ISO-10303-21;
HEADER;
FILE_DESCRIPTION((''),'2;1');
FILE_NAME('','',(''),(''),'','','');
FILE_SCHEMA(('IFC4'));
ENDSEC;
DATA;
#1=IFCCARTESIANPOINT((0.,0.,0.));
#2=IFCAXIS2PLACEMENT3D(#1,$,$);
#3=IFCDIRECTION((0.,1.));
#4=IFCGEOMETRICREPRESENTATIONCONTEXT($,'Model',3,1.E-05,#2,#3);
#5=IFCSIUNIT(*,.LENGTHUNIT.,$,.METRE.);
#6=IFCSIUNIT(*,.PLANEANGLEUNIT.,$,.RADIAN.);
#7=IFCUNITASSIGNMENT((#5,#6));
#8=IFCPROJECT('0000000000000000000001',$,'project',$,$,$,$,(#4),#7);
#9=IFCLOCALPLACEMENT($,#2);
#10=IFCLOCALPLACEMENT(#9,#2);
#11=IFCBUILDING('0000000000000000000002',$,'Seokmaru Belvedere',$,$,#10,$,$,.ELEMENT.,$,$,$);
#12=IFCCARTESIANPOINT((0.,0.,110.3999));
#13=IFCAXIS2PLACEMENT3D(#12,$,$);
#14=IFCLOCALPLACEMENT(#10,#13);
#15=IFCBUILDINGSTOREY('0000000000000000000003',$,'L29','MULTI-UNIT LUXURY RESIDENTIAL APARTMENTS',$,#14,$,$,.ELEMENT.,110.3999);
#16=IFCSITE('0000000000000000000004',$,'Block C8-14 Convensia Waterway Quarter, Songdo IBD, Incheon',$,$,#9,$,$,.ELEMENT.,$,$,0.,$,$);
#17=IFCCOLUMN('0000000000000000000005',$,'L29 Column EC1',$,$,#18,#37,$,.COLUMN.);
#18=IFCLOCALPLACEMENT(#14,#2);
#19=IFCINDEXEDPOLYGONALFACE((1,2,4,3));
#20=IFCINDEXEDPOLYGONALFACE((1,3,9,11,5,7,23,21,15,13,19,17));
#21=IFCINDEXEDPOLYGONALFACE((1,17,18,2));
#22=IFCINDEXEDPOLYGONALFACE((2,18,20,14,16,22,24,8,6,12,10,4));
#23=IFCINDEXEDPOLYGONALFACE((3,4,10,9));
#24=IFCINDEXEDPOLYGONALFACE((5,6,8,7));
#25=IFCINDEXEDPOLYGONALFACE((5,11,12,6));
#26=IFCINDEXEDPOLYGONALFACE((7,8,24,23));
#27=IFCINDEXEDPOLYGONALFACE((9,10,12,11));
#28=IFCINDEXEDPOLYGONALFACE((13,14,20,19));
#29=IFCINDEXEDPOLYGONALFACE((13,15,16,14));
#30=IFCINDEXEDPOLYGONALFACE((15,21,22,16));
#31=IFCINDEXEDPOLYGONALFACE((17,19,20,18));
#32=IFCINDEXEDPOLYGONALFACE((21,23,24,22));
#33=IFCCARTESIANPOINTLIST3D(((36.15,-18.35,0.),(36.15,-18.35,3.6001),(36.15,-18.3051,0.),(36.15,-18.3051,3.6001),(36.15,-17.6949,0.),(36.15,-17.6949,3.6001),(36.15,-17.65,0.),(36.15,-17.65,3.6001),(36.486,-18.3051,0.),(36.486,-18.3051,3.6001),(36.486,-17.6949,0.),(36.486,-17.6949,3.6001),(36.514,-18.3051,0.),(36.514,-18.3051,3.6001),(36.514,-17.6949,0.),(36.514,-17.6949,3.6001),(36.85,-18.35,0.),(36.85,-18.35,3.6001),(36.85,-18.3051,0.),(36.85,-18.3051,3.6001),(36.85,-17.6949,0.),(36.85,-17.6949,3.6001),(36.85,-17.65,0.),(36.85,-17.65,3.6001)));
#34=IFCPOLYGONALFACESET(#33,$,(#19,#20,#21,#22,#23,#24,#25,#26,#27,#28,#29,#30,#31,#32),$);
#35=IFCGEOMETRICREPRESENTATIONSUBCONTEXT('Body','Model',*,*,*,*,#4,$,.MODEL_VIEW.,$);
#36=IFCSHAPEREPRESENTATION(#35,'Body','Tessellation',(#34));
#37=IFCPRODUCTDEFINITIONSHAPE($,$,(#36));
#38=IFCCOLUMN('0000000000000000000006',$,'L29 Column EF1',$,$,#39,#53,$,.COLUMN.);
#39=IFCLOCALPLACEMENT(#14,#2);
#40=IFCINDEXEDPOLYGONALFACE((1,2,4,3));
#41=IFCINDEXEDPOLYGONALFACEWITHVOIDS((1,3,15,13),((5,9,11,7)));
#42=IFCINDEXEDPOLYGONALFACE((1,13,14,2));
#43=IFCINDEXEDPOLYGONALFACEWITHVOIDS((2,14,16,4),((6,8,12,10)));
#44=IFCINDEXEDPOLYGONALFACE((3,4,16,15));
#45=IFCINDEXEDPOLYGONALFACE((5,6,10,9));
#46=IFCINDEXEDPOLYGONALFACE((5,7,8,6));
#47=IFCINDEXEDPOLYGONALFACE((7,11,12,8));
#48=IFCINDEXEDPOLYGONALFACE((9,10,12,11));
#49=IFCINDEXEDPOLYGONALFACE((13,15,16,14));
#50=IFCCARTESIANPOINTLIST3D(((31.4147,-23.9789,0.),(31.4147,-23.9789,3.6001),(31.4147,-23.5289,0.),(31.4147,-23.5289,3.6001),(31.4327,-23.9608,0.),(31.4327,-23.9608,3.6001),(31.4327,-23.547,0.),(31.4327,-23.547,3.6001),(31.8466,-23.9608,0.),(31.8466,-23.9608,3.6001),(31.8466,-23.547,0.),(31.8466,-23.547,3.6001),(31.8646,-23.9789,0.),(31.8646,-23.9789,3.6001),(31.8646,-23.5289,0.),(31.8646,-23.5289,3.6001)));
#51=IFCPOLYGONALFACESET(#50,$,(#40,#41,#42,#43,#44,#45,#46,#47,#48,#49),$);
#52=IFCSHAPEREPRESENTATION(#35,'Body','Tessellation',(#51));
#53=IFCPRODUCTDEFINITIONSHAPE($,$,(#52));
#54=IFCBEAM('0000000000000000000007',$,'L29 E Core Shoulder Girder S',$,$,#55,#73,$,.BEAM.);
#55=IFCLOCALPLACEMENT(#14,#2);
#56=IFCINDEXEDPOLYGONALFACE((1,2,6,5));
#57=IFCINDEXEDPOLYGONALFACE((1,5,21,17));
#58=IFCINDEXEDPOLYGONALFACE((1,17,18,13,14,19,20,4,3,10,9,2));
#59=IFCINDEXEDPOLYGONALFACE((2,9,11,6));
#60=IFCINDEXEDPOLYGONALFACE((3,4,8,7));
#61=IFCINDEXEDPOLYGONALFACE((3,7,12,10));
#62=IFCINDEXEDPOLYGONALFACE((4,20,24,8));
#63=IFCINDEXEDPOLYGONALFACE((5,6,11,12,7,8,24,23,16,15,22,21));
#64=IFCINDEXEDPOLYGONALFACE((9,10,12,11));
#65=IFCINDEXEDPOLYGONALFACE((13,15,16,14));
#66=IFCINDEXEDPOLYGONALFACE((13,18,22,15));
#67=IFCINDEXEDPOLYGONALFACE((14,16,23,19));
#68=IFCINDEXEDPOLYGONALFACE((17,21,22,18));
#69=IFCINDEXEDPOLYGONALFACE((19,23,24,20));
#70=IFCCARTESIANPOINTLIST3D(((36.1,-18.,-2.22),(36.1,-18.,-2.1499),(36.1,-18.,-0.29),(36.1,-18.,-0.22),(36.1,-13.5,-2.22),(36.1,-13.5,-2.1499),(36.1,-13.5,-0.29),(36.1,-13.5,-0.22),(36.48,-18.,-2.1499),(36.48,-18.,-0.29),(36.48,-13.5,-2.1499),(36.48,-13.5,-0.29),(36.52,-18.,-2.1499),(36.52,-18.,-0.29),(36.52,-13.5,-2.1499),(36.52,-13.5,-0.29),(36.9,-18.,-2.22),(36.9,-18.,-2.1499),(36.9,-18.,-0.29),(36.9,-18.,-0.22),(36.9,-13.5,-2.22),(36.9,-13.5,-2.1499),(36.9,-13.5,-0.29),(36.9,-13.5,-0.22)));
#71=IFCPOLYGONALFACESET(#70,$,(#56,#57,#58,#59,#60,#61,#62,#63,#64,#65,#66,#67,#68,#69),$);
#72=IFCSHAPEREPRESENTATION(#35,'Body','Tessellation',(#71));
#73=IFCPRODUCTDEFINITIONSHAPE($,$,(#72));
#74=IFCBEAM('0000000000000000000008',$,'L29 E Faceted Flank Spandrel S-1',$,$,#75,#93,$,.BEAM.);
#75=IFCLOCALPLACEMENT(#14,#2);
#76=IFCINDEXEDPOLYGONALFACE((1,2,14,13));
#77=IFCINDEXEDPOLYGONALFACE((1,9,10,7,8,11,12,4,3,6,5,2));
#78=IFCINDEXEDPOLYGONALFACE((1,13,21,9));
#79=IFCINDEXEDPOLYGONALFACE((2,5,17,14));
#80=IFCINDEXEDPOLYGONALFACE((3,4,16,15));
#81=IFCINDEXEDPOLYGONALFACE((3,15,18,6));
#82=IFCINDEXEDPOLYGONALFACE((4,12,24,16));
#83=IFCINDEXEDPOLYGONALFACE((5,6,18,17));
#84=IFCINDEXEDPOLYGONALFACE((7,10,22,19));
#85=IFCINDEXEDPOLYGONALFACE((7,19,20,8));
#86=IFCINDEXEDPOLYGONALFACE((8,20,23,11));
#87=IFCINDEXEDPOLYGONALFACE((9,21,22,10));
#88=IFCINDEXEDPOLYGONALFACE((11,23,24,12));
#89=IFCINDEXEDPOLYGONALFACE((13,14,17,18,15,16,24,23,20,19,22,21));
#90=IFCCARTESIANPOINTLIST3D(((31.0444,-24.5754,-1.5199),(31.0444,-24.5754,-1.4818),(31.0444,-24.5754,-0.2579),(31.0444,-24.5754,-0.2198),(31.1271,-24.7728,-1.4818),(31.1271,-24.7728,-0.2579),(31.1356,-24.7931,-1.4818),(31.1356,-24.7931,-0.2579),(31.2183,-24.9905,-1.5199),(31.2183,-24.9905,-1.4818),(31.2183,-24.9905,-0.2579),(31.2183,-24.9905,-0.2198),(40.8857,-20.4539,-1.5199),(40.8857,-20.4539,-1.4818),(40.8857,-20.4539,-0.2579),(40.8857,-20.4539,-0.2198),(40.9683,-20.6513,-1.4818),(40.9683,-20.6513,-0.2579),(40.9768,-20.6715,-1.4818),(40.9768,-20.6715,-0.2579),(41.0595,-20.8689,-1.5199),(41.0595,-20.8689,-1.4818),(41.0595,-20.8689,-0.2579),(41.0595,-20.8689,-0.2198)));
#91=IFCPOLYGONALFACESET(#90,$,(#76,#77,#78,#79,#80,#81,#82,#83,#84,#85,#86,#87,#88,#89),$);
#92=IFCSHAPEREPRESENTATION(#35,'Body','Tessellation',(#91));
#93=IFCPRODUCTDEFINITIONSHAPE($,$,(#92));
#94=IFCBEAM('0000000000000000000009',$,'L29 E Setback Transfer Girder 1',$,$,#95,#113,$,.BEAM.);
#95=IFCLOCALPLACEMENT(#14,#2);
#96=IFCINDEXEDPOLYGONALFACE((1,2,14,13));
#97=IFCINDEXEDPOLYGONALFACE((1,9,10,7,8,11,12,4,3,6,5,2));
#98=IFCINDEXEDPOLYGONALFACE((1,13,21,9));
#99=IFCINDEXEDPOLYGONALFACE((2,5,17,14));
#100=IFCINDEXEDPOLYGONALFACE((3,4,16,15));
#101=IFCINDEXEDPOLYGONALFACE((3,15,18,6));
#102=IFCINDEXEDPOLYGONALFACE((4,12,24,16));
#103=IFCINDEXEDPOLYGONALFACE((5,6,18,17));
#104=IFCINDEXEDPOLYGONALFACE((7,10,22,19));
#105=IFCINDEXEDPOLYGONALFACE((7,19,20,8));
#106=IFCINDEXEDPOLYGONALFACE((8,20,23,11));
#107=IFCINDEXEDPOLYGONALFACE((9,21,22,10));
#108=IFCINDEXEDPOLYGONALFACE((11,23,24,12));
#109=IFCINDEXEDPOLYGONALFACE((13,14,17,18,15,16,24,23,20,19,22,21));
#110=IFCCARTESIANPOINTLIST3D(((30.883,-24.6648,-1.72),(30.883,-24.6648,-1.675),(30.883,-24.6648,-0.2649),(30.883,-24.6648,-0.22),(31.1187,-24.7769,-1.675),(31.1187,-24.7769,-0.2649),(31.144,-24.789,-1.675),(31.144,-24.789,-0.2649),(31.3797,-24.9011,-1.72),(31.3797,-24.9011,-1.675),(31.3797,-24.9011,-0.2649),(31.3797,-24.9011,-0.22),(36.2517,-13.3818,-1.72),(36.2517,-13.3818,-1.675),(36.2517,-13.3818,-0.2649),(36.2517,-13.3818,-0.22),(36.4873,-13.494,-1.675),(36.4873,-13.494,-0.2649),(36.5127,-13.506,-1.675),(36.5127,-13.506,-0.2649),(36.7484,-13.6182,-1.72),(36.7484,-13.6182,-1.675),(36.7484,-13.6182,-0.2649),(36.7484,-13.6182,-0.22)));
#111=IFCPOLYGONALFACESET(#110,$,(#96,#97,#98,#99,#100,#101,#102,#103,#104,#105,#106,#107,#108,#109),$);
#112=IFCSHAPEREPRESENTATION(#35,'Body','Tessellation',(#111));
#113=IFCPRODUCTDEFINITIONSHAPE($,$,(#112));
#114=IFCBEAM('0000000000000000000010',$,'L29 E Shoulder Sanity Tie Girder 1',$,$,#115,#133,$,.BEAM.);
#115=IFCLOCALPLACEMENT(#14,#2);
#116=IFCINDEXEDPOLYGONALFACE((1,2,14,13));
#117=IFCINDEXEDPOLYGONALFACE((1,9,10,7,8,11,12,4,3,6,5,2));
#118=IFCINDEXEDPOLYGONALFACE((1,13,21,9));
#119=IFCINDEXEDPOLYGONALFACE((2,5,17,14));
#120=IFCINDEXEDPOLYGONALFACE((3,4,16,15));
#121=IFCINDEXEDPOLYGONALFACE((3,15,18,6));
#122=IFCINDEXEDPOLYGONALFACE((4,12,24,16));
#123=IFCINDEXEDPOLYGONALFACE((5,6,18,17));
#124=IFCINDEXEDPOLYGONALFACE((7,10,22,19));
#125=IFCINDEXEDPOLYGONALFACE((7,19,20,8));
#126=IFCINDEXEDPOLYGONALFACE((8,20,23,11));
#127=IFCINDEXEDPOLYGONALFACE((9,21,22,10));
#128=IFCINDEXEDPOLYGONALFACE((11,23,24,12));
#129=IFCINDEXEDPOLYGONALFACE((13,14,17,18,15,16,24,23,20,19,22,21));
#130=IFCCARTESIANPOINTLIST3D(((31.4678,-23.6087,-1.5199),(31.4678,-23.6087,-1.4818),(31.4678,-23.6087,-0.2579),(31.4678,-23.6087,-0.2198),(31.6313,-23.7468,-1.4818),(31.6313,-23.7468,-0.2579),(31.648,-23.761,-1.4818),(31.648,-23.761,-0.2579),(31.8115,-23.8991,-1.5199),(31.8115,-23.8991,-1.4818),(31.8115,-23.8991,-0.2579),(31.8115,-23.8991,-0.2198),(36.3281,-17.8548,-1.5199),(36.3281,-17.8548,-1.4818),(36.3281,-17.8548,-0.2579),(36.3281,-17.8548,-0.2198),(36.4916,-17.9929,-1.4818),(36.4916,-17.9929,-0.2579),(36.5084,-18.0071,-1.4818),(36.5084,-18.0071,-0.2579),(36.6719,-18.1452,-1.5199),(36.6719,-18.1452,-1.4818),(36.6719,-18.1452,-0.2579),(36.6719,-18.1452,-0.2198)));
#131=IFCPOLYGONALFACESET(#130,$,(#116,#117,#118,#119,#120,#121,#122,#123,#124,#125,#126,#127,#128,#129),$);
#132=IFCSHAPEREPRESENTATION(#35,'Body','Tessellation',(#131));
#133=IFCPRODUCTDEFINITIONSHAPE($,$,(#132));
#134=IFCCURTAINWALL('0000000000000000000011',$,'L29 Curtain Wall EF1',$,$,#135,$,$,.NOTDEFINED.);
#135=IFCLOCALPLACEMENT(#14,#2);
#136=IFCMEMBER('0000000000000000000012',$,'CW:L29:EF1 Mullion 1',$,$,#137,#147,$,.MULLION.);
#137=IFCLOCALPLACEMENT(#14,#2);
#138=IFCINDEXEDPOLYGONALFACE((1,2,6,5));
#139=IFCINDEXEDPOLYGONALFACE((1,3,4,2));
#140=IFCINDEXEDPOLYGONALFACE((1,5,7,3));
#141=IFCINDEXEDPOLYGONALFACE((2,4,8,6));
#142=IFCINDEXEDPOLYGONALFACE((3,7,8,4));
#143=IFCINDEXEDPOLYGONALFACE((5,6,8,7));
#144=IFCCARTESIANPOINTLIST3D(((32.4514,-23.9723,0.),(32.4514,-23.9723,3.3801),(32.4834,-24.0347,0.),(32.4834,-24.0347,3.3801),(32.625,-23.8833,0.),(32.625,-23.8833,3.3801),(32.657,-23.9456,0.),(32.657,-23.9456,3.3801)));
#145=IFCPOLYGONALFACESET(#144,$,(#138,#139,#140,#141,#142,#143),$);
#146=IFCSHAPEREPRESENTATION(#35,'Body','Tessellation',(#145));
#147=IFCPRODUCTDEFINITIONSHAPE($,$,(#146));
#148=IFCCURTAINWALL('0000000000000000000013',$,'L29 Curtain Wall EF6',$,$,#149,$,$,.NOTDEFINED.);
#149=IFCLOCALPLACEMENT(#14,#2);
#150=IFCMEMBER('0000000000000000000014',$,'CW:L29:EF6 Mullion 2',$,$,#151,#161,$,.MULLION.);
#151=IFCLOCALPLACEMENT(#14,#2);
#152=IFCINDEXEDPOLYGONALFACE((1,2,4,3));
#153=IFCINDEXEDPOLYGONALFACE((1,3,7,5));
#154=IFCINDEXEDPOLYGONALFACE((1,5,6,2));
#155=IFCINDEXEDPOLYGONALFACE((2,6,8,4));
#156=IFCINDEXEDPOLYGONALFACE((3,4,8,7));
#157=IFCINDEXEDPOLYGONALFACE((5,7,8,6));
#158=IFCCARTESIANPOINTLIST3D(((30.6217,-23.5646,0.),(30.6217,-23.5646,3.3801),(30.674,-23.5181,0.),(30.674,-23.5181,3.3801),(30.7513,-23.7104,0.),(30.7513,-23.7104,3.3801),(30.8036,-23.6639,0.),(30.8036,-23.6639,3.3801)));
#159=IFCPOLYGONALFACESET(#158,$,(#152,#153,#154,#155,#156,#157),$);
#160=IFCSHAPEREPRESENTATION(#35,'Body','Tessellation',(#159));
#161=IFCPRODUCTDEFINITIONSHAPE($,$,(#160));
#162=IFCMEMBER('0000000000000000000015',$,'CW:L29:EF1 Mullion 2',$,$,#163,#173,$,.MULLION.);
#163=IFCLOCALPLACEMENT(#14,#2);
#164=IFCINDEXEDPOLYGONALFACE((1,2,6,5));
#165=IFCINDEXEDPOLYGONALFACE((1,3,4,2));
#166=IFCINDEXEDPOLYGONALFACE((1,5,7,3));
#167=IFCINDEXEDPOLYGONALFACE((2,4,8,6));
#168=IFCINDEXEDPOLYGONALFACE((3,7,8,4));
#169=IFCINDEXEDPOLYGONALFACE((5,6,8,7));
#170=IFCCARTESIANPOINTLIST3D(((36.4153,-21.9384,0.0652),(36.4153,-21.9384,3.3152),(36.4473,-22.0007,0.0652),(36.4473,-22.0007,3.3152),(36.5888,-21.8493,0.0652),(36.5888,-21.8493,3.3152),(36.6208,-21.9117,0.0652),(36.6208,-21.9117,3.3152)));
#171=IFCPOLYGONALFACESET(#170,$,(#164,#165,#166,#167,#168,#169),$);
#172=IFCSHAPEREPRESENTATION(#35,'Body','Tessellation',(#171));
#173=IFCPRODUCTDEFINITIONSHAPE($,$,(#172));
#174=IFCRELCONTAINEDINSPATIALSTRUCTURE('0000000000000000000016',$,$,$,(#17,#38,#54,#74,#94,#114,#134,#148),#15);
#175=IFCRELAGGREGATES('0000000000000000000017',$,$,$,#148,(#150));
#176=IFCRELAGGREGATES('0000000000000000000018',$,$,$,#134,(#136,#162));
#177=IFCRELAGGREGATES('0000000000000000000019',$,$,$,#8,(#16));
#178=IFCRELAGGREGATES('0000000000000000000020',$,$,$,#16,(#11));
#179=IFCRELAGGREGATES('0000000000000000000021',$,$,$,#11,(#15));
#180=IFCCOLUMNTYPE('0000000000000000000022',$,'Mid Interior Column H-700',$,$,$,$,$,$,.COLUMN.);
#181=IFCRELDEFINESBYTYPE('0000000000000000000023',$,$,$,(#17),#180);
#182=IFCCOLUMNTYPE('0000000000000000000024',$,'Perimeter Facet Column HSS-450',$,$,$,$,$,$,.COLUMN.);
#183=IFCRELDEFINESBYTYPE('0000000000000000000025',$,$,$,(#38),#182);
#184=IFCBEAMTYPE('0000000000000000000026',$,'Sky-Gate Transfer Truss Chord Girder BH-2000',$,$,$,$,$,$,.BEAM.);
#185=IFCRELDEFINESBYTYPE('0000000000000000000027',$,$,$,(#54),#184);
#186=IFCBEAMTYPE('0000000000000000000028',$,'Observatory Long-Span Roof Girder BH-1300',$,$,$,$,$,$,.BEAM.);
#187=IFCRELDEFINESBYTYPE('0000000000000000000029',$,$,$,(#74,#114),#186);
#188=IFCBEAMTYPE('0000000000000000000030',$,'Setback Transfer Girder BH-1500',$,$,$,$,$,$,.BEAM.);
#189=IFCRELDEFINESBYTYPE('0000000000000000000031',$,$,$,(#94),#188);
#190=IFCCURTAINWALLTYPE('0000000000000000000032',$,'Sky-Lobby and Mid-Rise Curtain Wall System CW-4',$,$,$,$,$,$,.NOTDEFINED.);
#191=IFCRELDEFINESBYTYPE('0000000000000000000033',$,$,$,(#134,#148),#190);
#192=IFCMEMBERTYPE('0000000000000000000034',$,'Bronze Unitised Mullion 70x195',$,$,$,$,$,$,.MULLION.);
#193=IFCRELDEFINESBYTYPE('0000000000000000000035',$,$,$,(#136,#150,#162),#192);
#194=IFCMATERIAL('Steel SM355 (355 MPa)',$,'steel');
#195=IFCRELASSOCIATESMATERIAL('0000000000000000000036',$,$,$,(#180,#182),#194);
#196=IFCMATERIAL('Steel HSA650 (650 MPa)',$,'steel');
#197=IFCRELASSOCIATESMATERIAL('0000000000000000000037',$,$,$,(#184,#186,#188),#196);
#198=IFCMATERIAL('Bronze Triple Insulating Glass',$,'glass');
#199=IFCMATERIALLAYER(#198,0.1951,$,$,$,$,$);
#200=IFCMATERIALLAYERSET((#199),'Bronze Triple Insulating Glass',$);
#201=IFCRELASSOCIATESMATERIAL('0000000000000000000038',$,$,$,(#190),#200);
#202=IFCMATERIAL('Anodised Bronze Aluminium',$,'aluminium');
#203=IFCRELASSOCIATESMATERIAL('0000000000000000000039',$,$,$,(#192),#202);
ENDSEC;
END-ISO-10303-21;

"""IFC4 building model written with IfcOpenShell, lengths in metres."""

from ifc_helpers import new_model, si_unit, direction, frame, origin, origin_2d, place, context, subcontext, project, spatial, rectangle, hollow_rectangle, i_section, extrude, source, transform, mapped, material, layer, layer_set, material_profile, profile_set, type_object, type_shapes, element, aggregate, save


model = new_model("IFC4")

# Units and contexts
model_context = context("Model", 3, precision=1e-05, world=origin(), true_north=direction((0.0, 1.0)))
body_context = subcontext(model_context, "Body", "Model", "MODEL_VIEW")
ifc_project = project(units=[si_unit("LENGTHUNIT", "METRE"), si_unit("PLANEANGLEUNIT", "RADIAN")], contexts=[model_context])

# Site, building, storey
site_placement = place(None, origin())
site = spatial("IfcSite", under=ifc_project, at=site_placement, Name="Block C8-14 Convensia Waterway Quarter, Songdo IBD, Incheon", CompositionType="ELEMENT", RefElevation=0.0)
building_placement = place(site_placement, origin())
building = spatial("IfcBuilding", under=site, at=building_placement, Name="Seokmaru Belvedere", CompositionType="ELEMENT")
storey_placement = place(building_placement, frame((0.0, 0.0, 110.3999)))
storey = spatial("IfcBuildingStorey", under=building, at=storey_placement, Name="L29", Description="MULTI-UNIT LUXURY RESIDENTIAL APARTMENTS", CompositionType="ELEMENT", Elevation=110.3999)

# Columns
ifc_material_1 = material(Name="Steel SM355 (355 MPa)", Category="steel")
ifc_material_profile_1 = material_profile(ifc_material_1, i_section(OverallWidth=0.7, OverallDepth=0.7, WebThickness=0.0281, FlangeThickness=0.0449, at=origin_2d()), Name="H-700x700x28x45")
ifc_profile_set_1 = profile_set([ifc_material_profile_1], Name="Steel SM355 (355 MPa)")
column_type_1 = type_object("IfcColumnType", Name="Mid Interior Column H-700", PredefinedType="COLUMN", material=ifc_profile_set_1)
shared_shape_1 = source(origin(), body_context, "Body", "SweptSolid", [
    extrude(i_section(OverallWidth=0.7, OverallDepth=0.7, WebThickness=0.0281, FlangeThickness=0.0449, at=origin_2d()), origin(), (0.0, 0.0, 1.0), 3.6001),
])
type_shapes(column_type_1, [shared_shape_1])
column_1_placement = place(storey_placement, frame((36.5, -18.0, 0.0), z_axis=(0.0, 0.0, 1.0), x_axis=(1.0, 0.0, 0.0)))
element("IfcColumn", 1, at=column_1_placement, inside=storey, type_object=column_type_1, Name="L29 Column EC1", PredefinedType="COLUMN", context=body_context, shape_type="MappedRepresentation", body=[
    mapped(shared_shape_1, transform((0.0, 0.0, 0.0), scale=1.0)),
])
ifc_material_profile_2 = material_profile(ifc_material_1, hollow_rectangle(XDim=0.45, YDim=0.45, WallThickness=0.0181, at=origin_2d()), Name="HSS-450x450x18")
ifc_profile_set_2 = profile_set([ifc_material_profile_2], Name="Steel SM355 (355 MPa)")
column_type_2 = type_object("IfcColumnType", Name="Perimeter Facet Column HSS-450", PredefinedType="COLUMN", material=ifc_profile_set_2)
shared_shape_2 = source(origin(), body_context, "Body", "SweptSolid", [
    extrude(hollow_rectangle(XDim=0.45, YDim=0.45, WallThickness=0.0181, at=origin_2d()), origin(), (0.0, 0.0, 1.0), 3.6001),
])
type_shapes(column_type_2, [shared_shape_2])
column_2_placement = place(storey_placement, frame((31.6396, -23.7539, 0.0), z_axis=(0.0, 0.0, 1.0), x_axis=(1.0, 0.0, 0.0)))
element("IfcColumn", 2, at=column_2_placement, inside=storey, type_object=column_type_2, Name="L29 Column EF1", PredefinedType="COLUMN", context=body_context, shape_type="MappedRepresentation", body=[
    mapped(shared_shape_2, transform((0.0, 0.0, 0.0), scale=1.0)),
])

# Beams
ifc_material_2 = material(Name="Steel HSA650 (650 MPa)", Category="steel")
ifc_material_profile_3 = material_profile(ifc_material_2, i_section(OverallWidth=0.8, OverallDepth=2.0, WebThickness=0.04, FlangeThickness=0.0701, at=origin_2d()), Name="BH-2000x800x40x70")
ifc_profile_set_3 = profile_set([ifc_material_profile_3], Name="Steel HSA650 (650 MPa)")
beam_type_1 = type_object("IfcBeamType", Name="Sky-Gate Transfer Truss Chord Girder BH-2000", PredefinedType="BEAM", material=ifc_profile_set_3)
shared_shape_3 = source(origin(), body_context, "Body", "SweptSolid", [
    extrude(i_section(OverallWidth=0.8, OverallDepth=2.0, WebThickness=0.04, FlangeThickness=0.0701, at=origin_2d()), origin(), (0.0, 0.0, 1.0), 4.5),
])
type_shapes(beam_type_1, [shared_shape_3])
beam_1_placement = place(storey_placement, frame((36.5, -18.0, -1.22), z_axis=(0.0, 1.0, 0.0), x_axis=(-1.0, 0.0, 0.0)))
element("IfcBeam", 3, at=beam_1_placement, inside=storey, type_object=beam_type_1, Name="L29 E Core Shoulder Girder S", PredefinedType="BEAM", context=body_context, shape_type="MappedRepresentation", body=[
    mapped(shared_shape_3, transform((0.0, 0.0, 0.0), scale=1.0)),
])
ifc_material_profile_4 = material_profile(ifc_material_2, i_section(OverallWidth=0.45, OverallDepth=1.3, WebThickness=0.022, FlangeThickness=0.0381, at=origin_2d()), Name="BH-1300x450x22x38")
ifc_profile_set_4 = profile_set([ifc_material_profile_4], Name="Steel HSA650 (650 MPa)")
beam_type_2 = type_object("IfcBeamType", Name="Observatory Long-Span Roof Girder BH-1300", PredefinedType="BEAM", material=ifc_profile_set_4)
shared_shape_4 = source(origin(), body_context, "Body", "SweptSolid", [
    extrude(i_section(OverallWidth=0.45, OverallDepth=1.3, WebThickness=0.022, FlangeThickness=0.0381, at=origin_2d()), origin(), (0.0, 0.0, 1.0), 10.6694),
])
beam_2_placement = place(storey_placement, frame((31.1313, -24.783, -0.8699), z_axis=(0.922375, 0.386295, 0.0), x_axis=(-0.386295, 0.922375, 0.0)))
element("IfcBeam", 4, at=beam_2_placement, inside=storey, type_object=beam_type_2, Name="L29 E Faceted Flank Spandrel S-1", PredefinedType="BEAM", context=body_context, shape_type="MappedRepresentation", body=[
    mapped(shared_shape_4, transform((0.0, 0.0, 0.0), scale=1.0)),
])
ifc_material_profile_5 = material_profile(ifc_material_2, i_section(OverallWidth=0.55, OverallDepth=1.5, WebThickness=0.0281, FlangeThickness=0.0449, at=origin_2d()), Name="BH-1500x550x28x45")
ifc_profile_set_5 = profile_set([ifc_material_profile_5], Name="Steel HSA650 (650 MPa)")
beam_type_3 = type_object("IfcBeamType", Name="Setback Transfer Girder BH-1500", PredefinedType="BEAM", material=ifc_profile_set_5)
shared_shape_5 = source(origin(), body_context, "Body", "SweptSolid", [
    extrude(i_section(OverallWidth=0.55, OverallDepth=1.5, WebThickness=0.0281, FlangeThickness=0.0449, at=origin_2d()), origin(), (0.0, 0.0, 1.0), 12.4951),
])
type_shapes(beam_type_3, [shared_shape_5])
beam_3_placement = place(storey_placement, frame((31.1313, -24.783, -0.97), z_axis=(0.429661, 0.90299, 0.0), x_axis=(-0.90299, 0.429661, 0.0)))
element("IfcBeam", 5, at=beam_3_placement, inside=storey, type_object=beam_type_3, Name="L29 E Setback Transfer Girder 1", PredefinedType="BEAM", context=body_context, shape_type="MappedRepresentation", body=[
    mapped(shared_shape_5, transform((0.0, 0.0, 0.0), scale=1.0)),
])
shared_shape_6 = source(origin(), body_context, "Body", "SweptSolid", [
    extrude(i_section(OverallWidth=0.45, OverallDepth=1.3, WebThickness=0.022, FlangeThickness=0.0381, at=origin_2d()), origin(), (0.0, 0.0, 1.0), 7.532),
])
type_shapes(beam_type_2, [shared_shape_4, shared_shape_6])
beam_4_placement = place(storey_placement, frame((31.6396, -23.7539, -0.8699), z_axis=(0.645297, 0.763932, 0.0), x_axis=(-0.763932, 0.645297, 0.0)))
element("IfcBeam", 6, at=beam_4_placement, inside=storey, type_object=beam_type_2, Name="L29 E Shoulder Sanity Tie Girder 1", PredefinedType="BEAM", context=body_context, shape_type="MappedRepresentation", body=[
    mapped(shared_shape_6, transform((0.0, 0.0, 0.0), scale=1.0)),
])

# Curtain walls, members
ifc_material_3 = material(Name="Bronze Triple Insulating Glass", Category="glass")
ifc_layer_1 = layer(ifc_material_3, 0.1951)
ifc_layer_set_1 = layer_set([ifc_layer_1], Name="Bronze Triple Insulating Glass")
curtain_wall_type = type_object("IfcCurtainWallType", Name="Sky-Lobby and Mid-Rise Curtain Wall System CW-4", PredefinedType="NOTDEFINED", material=ifc_layer_set_1)
curtain_wall_1_placement = place(storey_placement, origin())
curtain_wall_1 = element("IfcCurtainWall", 7, at=curtain_wall_1_placement, inside=storey, type_object=curtain_wall_type, Name="L29 Curtain Wall EF1", PredefinedType="NOTDEFINED")
ifc_material_4 = material(Name="Anodised Bronze Aluminium", Category="aluminium")
ifc_material_profile_6 = material_profile(ifc_material_4, rectangle(XDim=0.0701, YDim=0.1951, at=origin_2d()), Name="CW-M-70x195")
ifc_profile_set_6 = profile_set([ifc_material_profile_6], Name="Anodised Bronze Aluminium")
member_type_1 = type_object("IfcMemberType", Name="Bronze Unitised Mullion 70x195", PredefinedType="MULLION", material=ifc_profile_set_6)
shared_shape_7 = source(origin(), body_context, "Body", "SweptSolid", [
    extrude(rectangle(XDim=0.0701, YDim=0.1951, at=origin_2d()), origin(), (0.0, 0.0, 1.0), 3.3801),
])
member_1_placement = place(storey_placement, frame((32.5542, -23.959, 0.0), z_axis=(0.0, 0.0, 1.0), x_axis=(-0.456555, 0.889695, 0.0)))
member_1 = element("IfcMember", 8, at=member_1_placement, type_object=member_type_1, Name="CW:L29:EF1 Mullion 1", PredefinedType="MULLION", context=body_context, shape_type="MappedRepresentation", body=[
    mapped(shared_shape_7, transform((0.0, 0.0, 0.0), scale=1.0)),
])
curtain_wall_2_placement = place(storey_placement, origin())
curtain_wall_2 = element("IfcCurtainWall", 9, at=curtain_wall_2_placement, inside=storey, type_object=curtain_wall_type, Name="L29 Curtain Wall EF6", PredefinedType="NOTDEFINED")
member_2_placement = place(storey_placement, frame((30.7126, -23.6143, 0.0), z_axis=(0.0, 0.0, 1.0), x_axis=(0.74741, 0.664363, 0.0)))
member_2 = element("IfcMember", 10, at=member_2_placement, type_object=member_type_1, Name="CW:L29:EF6 Mullion 2", PredefinedType="MULLION", context=body_context, shape_type="MappedRepresentation", body=[
    mapped(shared_shape_7, transform((0.0, 0.0, 0.0), scale=1.0)),
])
aggregate(curtain_wall_2, [member_2])

# Member
shared_shape_8 = source(origin(), body_context, "Body", "SweptSolid", [
    extrude(rectangle(XDim=0.0701, YDim=0.1951, at=origin_2d()), origin(), (0.0, 0.0, 1.0), 3.25),
])
type_shapes(member_type_1, [shared_shape_7, shared_shape_8])
member_3_placement = place(storey_placement, frame((36.5181, -21.925, 0.0652), z_axis=(0.0, 0.0, 1.0), x_axis=(-0.456555, 0.889695, 0.0)))
member_3 = element("IfcMember", 11, at=member_3_placement, type_object=member_type_1, Name="CW:L29:EF1 Mullion 2", PredefinedType="MULLION", context=body_context, shape_type="MappedRepresentation", body=[
    mapped(shared_shape_8, transform((0.0, 0.0, 0.0), scale=1.0)),
])

aggregate(curtain_wall_1, [member_1, member_3])

save(model, "model.ifc")
